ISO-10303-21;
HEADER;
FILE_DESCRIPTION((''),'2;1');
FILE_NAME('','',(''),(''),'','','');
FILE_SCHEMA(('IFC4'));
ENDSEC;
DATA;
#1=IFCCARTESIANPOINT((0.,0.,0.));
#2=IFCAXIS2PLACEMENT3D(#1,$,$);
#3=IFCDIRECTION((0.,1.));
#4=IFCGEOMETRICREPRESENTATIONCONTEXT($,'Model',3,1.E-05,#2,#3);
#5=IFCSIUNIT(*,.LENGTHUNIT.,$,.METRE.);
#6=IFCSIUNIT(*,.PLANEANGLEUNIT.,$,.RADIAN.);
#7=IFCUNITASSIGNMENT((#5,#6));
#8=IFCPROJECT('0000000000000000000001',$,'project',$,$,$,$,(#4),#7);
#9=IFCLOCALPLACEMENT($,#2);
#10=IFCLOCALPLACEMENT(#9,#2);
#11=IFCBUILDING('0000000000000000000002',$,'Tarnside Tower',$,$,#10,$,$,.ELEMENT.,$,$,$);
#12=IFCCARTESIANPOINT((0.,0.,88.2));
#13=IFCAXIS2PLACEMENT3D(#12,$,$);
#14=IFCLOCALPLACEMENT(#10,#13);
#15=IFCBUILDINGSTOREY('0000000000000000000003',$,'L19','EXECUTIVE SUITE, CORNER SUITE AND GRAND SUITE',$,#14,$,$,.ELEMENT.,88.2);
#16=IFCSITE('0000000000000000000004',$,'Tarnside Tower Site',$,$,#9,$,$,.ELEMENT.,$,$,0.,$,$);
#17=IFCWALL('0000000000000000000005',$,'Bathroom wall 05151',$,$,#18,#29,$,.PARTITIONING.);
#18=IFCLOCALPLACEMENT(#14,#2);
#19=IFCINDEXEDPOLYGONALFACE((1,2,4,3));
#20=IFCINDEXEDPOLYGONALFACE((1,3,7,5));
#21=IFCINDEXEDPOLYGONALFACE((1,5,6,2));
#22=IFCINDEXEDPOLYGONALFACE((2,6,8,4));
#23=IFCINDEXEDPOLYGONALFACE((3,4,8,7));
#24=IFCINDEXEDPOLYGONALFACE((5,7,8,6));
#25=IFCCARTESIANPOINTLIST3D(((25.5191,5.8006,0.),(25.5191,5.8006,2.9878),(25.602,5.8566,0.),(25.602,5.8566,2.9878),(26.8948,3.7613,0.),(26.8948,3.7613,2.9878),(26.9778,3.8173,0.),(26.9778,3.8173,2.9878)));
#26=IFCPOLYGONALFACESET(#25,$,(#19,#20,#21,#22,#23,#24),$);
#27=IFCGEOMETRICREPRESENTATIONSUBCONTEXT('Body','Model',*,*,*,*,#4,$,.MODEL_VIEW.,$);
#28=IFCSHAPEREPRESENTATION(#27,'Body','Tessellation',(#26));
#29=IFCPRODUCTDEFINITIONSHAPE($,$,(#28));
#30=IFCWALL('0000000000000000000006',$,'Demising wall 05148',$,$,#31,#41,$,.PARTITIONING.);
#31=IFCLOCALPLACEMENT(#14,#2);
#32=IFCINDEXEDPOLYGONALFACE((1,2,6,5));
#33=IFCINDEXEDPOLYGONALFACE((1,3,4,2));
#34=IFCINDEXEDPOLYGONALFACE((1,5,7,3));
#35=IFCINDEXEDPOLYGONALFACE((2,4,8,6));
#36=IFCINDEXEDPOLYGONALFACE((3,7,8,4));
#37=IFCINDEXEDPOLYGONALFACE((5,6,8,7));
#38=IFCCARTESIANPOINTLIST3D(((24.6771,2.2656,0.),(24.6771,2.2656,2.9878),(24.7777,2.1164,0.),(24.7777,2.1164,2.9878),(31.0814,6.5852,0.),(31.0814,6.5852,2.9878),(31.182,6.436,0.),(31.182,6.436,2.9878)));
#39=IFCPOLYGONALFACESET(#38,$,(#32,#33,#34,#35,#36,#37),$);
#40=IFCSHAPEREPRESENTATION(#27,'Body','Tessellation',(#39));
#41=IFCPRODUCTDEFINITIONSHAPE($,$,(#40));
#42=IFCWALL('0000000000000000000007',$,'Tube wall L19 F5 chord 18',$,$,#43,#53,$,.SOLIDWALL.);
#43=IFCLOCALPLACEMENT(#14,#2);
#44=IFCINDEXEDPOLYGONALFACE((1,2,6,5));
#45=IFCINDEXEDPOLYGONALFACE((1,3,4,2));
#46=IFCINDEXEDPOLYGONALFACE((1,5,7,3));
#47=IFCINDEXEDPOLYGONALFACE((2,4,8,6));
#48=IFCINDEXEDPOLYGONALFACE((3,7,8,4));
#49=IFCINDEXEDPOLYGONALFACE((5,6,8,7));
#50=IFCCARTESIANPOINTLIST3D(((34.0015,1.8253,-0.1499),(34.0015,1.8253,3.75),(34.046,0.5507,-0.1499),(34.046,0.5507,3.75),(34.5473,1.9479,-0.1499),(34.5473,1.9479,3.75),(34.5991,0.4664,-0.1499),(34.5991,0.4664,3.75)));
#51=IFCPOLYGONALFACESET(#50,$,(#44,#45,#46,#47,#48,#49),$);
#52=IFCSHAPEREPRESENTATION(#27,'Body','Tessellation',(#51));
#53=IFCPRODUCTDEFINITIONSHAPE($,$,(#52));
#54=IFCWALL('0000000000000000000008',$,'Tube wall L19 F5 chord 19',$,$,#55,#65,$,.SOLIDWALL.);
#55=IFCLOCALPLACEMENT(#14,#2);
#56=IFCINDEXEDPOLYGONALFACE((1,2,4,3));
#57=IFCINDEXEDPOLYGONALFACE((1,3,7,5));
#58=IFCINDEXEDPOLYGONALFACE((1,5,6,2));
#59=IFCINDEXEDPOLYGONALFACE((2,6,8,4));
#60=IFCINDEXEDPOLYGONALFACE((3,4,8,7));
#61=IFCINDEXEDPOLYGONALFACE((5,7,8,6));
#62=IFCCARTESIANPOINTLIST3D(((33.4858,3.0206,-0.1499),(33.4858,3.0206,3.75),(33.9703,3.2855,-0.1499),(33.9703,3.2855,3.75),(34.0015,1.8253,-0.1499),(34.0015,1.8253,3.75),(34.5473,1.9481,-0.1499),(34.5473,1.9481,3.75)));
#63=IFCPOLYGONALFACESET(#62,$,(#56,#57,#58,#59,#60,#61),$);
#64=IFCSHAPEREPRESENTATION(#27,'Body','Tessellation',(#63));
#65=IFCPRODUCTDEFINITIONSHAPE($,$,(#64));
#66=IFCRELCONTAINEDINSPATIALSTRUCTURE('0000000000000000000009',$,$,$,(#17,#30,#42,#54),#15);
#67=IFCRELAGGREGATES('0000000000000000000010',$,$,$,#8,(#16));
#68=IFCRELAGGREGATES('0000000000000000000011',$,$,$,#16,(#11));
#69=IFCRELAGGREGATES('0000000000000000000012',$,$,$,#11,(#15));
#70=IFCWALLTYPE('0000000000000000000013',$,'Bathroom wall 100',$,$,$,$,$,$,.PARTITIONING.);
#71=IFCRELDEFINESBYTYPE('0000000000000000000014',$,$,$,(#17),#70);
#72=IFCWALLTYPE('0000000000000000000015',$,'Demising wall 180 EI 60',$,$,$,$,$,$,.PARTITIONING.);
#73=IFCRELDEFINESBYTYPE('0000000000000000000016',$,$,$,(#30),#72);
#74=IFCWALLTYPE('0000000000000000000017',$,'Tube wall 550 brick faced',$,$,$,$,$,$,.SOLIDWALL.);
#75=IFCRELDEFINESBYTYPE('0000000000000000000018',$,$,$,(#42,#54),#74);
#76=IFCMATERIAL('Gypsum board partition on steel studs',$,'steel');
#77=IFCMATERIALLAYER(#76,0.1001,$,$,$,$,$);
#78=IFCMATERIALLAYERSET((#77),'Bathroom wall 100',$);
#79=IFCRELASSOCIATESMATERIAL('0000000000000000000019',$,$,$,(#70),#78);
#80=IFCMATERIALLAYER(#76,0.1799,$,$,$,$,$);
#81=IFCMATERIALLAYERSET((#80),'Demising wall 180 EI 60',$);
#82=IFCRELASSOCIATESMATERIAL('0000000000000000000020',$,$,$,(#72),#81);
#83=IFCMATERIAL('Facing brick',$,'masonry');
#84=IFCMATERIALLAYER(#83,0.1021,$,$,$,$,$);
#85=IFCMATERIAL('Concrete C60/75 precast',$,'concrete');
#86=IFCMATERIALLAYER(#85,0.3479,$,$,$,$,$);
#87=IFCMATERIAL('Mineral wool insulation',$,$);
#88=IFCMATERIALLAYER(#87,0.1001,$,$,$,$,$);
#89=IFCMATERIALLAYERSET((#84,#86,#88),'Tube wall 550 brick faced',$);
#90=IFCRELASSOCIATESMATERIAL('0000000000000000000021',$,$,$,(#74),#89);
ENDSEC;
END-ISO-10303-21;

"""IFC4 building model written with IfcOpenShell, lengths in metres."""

from ifc_helpers import new_model, si_unit, direction, frame, frame_2d, origin, place, context, subcontext, project, spatial, polyline, rectangle, outline, extrude, material, layer, layer_set, type_object, element, save


model = new_model("IFC4")

# Units and contexts
model_context = context("Model", 3, precision=1e-05, world=origin(), true_north=direction((0.0, 1.0)))
body_context = subcontext(model_context, "Body", "Model", "MODEL_VIEW")
ifc_project = project(units=[si_unit("LENGTHUNIT", "METRE"), si_unit("PLANEANGLEUNIT", "RADIAN")], contexts=[model_context])

# Site, building, storey
site_placement = place(None, origin())
site = spatial("IfcSite", under=ifc_project, at=site_placement, Name="Tarnside Tower Site", CompositionType="ELEMENT", RefElevation=0.0)
building_placement = place(site_placement, origin())
building = spatial("IfcBuilding", under=site, at=building_placement, Name="Tarnside Tower", CompositionType="ELEMENT")
storey_placement = place(building_placement, frame((0.0, 0.0, 88.2)))
storey = spatial("IfcBuildingStorey", under=building, at=storey_placement, Name="L19", Description="EXECUTIVE SUITE, CORNER SUITE AND GRAND SUITE", CompositionType="ELEMENT", Elevation=88.2)

# Walls
ifc_material_1 = material(Name="Gypsum board partition on steel studs", Category="steel")
ifc_layer_1 = layer(ifc_material_1, 0.1001)
ifc_layer_set_1 = layer_set([ifc_layer_1], Name="Bathroom wall 100")
wall_type_1 = type_object("IfcWallType", Name="Bathroom wall 100", PredefinedType="PARTITIONING", material=ifc_layer_set_1)
wall_1_placement = place(storey_placement, frame((25.5605, 5.8286, 0.0), z_axis=(0.0, 0.0, 1.0), x_axis=(0.55925, -0.828999, 0.0)))
element("IfcWall", 1, at=wall_1_placement, inside=storey, type_object=wall_type_1, Name="Bathroom wall 05151", PredefinedType="PARTITIONING", context=body_context, shape_type="SweptSolid", body=[
    extrude(rectangle(XDim=2.46, YDim=0.1001, at=frame_2d((1.23, 0.0))), origin(), (0.0, 0.0, 1.0), 2.9878),
])
ifc_layer_2 = layer(ifc_material_1, 0.1799)
ifc_layer_set_2 = layer_set([ifc_layer_2], Name="Demising wall 180 EI 60")
wall_type_2 = type_object("IfcWallType", Name="Demising wall 180 EI 60", PredefinedType="PARTITIONING", material=ifc_layer_set_2)
wall_2_placement = place(storey_placement, frame((31.1316, 6.5105, 0.0), z_axis=(0.0, 0.0, 1.0), x_axis=(-0.829048, -0.559178, 0.0)))
element("IfcWall", 2, at=wall_2_placement, inside=storey, type_object=wall_type_2, Name="Demising wall 05148", PredefinedType="PARTITIONING", context=body_context, shape_type="SweptSolid", body=[
    extrude(rectangle(XDim=7.7249, YDim=0.1799, at=frame_2d((3.8623, 0.0))), origin(), (0.0, 0.0, 1.0), 2.9878),
])
ifc_material_2 = material(Name="Facing brick", Category="masonry")
ifc_layer_3 = layer(ifc_material_2, 0.1021)
ifc_material_3 = material(Name="Concrete C60/75 precast", Category="concrete")
ifc_layer_4 = layer(ifc_material_3, 0.3479)
ifc_material_4 = material(Name="Mineral wool insulation")
ifc_layer_5 = layer(ifc_material_4, 0.1001)
ifc_layer_set_3 = layer_set([ifc_layer_3, ifc_layer_4, ifc_layer_5], Name="Tube wall 550 brick faced")
wall_type_3 = type_object("IfcWallType", Name="Tube wall 550 brick faced", PredefinedType="SOLIDWALL", material=ifc_layer_set_3)
wall_3_placement = place(storey_placement, frame((34.3225, 0.5085, -0.1499), z_axis=(0.0, 0.0, 1.0), x_axis=(-0.034877, 0.999392, 0.0)))
element("IfcWall", 3, at=wall_3_placement, inside=storey, type_object=wall_type_3, Name="Tube wall L19 F5 chord 18", PredefinedType="SOLIDWALL", context=body_context, shape_type="SweptSolid", body=[
    extrude(outline(polyline([(-0.0518, -0.2749), (1.4307, -0.2749), (1.3271, 0.2749), (0.0518, 0.2749), (-0.0518, -0.2749)])), origin(), (0.0, 0.0, 1.0), 3.8999),
])
wall_4_placement = place(storey_placement, frame((34.2744, 1.8867, -0.1499), z_axis=(0.0, 0.0, 1.0), x_axis=(-0.396161, 0.918181, 0.0)))
element("IfcWall", 4, at=wall_4_placement, inside=storey, type_object=wall_type_3, Name="Tube wall L19 F5 chord 19", PredefinedType="SOLIDWALL", context=body_context, shape_type="SweptSolid", body=[
    extrude(outline(polyline([(-0.0518, -0.2749), (1.4048, -0.2749), (1.3535, 0.2749), (0.0518, 0.2749), (-0.0518, -0.2749)])), origin(), (0.0, 0.0, 1.0), 3.8999),
])

save(model, "model.ifc")
